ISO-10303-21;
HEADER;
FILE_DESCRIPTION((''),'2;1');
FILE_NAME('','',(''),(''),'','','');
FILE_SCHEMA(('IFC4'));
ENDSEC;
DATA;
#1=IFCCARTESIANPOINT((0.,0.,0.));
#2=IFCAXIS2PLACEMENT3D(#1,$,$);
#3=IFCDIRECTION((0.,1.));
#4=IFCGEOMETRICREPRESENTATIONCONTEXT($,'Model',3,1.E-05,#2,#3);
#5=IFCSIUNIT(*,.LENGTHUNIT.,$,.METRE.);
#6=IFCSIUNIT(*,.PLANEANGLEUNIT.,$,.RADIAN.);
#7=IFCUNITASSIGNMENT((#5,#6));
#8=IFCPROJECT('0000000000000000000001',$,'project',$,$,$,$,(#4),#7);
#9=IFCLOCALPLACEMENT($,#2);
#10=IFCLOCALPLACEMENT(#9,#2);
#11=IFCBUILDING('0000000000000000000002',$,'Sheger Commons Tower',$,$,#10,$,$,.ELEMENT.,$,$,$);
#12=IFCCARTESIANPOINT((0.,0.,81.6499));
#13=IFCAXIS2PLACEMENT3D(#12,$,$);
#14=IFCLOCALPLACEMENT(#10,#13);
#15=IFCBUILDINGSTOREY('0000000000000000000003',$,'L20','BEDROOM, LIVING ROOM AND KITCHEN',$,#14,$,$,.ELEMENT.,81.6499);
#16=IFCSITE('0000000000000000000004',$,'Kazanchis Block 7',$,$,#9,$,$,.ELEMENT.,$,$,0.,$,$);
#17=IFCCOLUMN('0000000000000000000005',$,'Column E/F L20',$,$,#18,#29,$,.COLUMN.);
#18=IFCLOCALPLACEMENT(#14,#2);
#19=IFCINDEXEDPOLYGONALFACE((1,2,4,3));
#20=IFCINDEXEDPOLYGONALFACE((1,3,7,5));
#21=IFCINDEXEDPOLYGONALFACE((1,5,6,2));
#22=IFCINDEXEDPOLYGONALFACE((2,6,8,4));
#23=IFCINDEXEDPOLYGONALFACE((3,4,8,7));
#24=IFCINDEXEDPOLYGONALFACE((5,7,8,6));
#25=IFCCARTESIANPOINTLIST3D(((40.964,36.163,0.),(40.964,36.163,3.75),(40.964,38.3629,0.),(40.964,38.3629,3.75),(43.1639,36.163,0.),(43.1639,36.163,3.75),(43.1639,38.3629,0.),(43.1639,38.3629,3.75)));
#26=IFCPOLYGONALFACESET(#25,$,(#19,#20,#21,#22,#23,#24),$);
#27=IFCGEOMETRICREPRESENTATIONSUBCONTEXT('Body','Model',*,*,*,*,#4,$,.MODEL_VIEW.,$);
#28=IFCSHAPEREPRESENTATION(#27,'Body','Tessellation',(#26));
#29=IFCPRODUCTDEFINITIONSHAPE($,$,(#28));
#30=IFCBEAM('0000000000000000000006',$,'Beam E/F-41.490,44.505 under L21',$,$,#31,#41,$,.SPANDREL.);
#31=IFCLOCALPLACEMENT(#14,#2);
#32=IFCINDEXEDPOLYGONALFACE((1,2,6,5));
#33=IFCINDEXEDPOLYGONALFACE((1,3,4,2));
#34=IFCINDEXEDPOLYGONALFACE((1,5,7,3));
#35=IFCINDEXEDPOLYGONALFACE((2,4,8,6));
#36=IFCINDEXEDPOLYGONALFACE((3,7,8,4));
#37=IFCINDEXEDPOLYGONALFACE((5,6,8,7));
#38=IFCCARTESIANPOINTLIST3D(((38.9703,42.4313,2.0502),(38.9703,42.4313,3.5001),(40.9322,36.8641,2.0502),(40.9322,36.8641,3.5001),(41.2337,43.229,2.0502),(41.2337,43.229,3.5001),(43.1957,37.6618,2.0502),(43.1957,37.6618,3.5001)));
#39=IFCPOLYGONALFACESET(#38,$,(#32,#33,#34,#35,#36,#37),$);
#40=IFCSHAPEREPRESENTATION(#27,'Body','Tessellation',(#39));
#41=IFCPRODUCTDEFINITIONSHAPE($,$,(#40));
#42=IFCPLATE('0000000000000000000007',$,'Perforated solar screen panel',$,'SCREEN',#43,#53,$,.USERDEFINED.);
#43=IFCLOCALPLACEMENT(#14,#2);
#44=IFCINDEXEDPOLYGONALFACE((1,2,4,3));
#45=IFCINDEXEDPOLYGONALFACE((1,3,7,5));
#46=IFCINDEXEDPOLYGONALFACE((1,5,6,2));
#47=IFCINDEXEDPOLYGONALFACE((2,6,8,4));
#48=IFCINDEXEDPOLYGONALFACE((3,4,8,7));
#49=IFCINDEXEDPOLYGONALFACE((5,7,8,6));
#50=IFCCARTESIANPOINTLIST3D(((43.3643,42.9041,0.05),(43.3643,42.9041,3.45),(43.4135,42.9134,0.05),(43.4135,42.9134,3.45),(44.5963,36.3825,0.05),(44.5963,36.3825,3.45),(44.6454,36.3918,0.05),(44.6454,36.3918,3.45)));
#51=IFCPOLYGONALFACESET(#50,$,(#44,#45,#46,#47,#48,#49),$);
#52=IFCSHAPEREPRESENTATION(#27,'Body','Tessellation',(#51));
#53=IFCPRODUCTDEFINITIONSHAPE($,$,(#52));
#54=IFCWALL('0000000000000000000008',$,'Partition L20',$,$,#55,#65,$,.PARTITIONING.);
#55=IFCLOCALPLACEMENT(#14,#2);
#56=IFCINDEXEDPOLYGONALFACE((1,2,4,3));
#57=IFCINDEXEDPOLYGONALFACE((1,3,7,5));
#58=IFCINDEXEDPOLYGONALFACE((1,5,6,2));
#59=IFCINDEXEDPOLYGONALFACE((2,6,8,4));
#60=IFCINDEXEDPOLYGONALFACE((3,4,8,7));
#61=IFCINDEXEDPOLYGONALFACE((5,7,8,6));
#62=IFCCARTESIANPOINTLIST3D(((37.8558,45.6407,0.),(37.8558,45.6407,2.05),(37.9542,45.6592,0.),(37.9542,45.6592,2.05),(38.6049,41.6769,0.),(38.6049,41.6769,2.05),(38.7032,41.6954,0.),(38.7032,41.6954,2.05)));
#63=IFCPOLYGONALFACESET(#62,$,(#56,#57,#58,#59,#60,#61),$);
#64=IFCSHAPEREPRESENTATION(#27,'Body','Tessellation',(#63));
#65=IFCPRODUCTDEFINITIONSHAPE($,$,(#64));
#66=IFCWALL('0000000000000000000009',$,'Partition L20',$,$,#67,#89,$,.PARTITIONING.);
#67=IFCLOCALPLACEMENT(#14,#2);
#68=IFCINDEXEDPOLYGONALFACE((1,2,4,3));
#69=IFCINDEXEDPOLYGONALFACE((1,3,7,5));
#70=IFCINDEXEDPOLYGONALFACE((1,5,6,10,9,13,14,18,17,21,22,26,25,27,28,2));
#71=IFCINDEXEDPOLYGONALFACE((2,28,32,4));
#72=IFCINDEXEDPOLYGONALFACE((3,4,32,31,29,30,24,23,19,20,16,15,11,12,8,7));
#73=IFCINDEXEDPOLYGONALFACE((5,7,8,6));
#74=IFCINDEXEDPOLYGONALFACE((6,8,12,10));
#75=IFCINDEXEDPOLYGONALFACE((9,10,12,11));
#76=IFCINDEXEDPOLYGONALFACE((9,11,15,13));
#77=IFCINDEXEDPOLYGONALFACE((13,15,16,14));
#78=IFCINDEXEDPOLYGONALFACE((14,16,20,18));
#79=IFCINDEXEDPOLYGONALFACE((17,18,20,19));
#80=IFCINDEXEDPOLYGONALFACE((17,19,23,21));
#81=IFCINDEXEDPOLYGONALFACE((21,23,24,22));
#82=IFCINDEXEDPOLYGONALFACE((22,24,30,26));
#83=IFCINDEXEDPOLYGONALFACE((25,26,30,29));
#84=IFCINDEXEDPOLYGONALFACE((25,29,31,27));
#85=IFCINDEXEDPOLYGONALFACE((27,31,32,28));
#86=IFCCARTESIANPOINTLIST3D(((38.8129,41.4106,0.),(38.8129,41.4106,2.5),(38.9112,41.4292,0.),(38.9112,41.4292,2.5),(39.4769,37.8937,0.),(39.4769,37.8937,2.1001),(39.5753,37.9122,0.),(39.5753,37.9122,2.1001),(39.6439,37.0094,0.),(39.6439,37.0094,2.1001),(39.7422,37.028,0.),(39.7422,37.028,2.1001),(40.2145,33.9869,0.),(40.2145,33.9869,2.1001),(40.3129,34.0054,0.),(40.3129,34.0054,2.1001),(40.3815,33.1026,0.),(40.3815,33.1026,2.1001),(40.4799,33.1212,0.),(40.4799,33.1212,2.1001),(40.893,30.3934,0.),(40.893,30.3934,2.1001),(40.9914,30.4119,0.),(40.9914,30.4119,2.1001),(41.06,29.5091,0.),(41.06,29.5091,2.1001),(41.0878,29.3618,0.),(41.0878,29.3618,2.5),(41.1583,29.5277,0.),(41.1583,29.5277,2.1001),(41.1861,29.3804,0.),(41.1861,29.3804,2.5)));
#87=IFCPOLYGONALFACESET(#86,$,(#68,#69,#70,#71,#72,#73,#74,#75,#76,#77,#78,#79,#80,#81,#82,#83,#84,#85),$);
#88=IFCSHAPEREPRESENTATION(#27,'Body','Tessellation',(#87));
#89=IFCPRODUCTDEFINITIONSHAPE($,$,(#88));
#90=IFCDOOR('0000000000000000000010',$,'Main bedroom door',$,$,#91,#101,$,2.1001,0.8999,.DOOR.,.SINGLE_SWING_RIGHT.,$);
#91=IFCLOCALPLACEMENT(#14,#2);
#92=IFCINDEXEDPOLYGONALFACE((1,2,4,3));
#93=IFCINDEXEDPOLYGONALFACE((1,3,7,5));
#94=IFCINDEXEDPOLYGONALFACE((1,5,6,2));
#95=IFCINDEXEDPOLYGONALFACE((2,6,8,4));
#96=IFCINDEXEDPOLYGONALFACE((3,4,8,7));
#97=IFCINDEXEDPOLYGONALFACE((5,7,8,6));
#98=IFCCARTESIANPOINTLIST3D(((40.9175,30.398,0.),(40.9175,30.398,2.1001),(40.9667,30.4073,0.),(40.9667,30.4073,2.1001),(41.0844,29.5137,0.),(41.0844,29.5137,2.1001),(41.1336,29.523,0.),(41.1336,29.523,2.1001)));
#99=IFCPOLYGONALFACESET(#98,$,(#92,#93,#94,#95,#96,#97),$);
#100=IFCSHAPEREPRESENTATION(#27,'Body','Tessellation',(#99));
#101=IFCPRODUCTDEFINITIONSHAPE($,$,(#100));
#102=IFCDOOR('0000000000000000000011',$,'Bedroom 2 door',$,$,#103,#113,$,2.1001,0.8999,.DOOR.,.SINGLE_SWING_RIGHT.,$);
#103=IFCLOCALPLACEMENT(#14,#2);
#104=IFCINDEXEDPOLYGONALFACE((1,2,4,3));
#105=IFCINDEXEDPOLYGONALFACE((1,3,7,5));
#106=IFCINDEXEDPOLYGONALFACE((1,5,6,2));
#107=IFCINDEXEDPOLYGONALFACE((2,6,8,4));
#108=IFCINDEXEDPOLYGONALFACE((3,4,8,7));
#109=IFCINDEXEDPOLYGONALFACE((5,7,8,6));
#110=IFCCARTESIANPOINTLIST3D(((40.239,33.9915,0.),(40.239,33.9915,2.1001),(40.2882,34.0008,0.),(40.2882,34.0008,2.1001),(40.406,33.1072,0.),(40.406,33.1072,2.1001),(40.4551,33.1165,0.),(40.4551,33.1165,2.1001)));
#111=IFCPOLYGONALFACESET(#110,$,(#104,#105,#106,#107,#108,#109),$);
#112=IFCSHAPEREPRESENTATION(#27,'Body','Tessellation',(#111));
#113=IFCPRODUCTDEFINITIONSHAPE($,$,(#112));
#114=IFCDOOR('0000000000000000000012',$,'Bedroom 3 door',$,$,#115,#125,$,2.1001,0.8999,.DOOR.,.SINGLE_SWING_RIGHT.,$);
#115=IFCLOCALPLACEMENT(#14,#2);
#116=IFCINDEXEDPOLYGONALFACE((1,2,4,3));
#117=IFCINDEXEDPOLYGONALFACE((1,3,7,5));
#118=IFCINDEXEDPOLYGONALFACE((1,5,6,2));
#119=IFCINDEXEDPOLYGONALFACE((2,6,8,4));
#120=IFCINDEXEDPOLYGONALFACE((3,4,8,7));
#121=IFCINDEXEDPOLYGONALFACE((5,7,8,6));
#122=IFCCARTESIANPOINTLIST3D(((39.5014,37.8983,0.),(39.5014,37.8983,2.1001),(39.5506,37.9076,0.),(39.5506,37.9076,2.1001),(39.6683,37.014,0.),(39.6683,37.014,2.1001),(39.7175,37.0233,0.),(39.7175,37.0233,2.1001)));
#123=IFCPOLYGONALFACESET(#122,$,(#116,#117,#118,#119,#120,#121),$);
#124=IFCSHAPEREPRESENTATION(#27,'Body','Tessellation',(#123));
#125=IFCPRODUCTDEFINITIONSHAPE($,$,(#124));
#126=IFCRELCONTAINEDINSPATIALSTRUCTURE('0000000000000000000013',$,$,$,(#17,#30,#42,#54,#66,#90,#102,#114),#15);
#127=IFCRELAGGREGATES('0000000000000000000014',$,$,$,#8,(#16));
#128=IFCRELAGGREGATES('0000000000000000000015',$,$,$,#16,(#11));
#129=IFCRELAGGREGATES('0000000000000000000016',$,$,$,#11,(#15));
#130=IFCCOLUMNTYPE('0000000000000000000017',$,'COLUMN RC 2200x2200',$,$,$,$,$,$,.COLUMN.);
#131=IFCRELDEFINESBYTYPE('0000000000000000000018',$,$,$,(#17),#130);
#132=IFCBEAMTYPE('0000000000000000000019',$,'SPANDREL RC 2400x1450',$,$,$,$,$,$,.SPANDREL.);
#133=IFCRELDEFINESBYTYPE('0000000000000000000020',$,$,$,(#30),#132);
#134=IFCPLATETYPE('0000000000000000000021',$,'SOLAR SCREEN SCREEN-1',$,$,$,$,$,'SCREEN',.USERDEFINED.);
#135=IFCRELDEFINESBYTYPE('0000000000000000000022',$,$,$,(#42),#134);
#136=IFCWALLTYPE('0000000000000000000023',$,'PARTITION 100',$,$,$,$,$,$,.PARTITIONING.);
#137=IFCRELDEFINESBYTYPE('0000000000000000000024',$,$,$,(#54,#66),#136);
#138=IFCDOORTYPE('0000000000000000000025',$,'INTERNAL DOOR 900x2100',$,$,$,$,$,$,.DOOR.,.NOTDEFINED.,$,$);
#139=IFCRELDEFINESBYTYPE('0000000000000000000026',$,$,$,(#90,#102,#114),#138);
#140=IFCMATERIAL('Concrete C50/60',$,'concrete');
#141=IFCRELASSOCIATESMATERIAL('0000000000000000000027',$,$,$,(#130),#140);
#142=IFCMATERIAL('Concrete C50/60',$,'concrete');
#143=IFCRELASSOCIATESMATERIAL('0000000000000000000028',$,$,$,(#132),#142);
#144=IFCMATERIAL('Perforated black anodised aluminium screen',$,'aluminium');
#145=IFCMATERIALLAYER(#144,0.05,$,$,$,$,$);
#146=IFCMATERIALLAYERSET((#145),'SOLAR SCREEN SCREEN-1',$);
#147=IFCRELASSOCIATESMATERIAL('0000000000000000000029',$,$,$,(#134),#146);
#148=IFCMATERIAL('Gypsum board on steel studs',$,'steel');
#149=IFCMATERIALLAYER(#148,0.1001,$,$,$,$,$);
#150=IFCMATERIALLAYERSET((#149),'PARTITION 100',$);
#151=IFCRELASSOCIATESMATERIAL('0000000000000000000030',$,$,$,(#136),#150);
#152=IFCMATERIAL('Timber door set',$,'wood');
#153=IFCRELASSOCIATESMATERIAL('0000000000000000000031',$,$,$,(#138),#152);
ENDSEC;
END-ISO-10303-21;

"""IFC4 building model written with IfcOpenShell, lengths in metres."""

from ifc_helpers import new_model, si_unit, direction, frame, frame_2d, origin, origin_2d, place, context, subcontext, project, spatial, rectangle, extrude, material, layer, layer_set, material_profile, profile_set, type_object, element, fill, save


model = new_model("IFC4")

# Units and contexts
model_context = context("Model", 3, precision=1e-05, world=origin(), true_north=direction((0.0, 1.0)))
body_context = subcontext(model_context, "Body", "Model", "MODEL_VIEW")
ifc_project = project(units=[si_unit("LENGTHUNIT", "METRE"), si_unit("PLANEANGLEUNIT", "RADIAN")], contexts=[model_context])

# Site, building, storey
site_placement = place(None, origin())
site = spatial("IfcSite", under=ifc_project, at=site_placement, Name="Kazanchis Block 7", CompositionType="ELEMENT", RefElevation=0.0)
building_placement = place(site_placement, origin())
building = spatial("IfcBuilding", under=site, at=building_placement, Name="Sheger Commons Tower", CompositionType="ELEMENT")
storey_placement = place(building_placement, frame((0.0, 0.0, 81.6499)))
storey = spatial("IfcBuildingStorey", under=building, at=storey_placement, Name="L20", Description="BEDROOM, LIVING ROOM AND KITCHEN", CompositionType="ELEMENT", Elevation=81.6499)

# Column
ifc_material_1 = material(Name="Concrete C50/60", Category="concrete")
ifc_material_profile_1 = material_profile(ifc_material_1, rectangle(XDim=2.2, YDim=2.2, at=origin_2d()), Name="RC 2200x2200")
ifc_profile_set_1 = profile_set([ifc_material_profile_1], Name="Concrete C50/60")
column_type = type_object("IfcColumnType", Name="COLUMN RC 2200x2200", PredefinedType="COLUMN", material=ifc_profile_set_1)
column_placement = place(storey_placement, frame((42.064, 37.2629, 0.0), z_axis=(0.0, 0.0, 1.0), x_axis=(1.0, 0.0, 0.0)))
element("IfcColumn", 1, at=column_placement, inside=storey, type_object=column_type, Name="Column E/F L20", PredefinedType="COLUMN", context=body_context, shape_type="SweptSolid", body=[
    extrude(rectangle(XDim=2.2, YDim=2.2, at=origin_2d()), origin(), (0.0, 0.0, 1.0), 3.75),
])

# Beam
ifc_material_2 = material(Name="Concrete C50/60", Category="concrete")
ifc_material_profile_2 = material_profile(ifc_material_2, rectangle(XDim=2.3999, YDim=1.45, at=origin_2d()), Name="RC 2400x1450")
ifc_profile_set_2 = profile_set([ifc_material_profile_2], Name="Concrete C50/60")
beam_type = type_object("IfcBeamType", Name="SPANDREL RC 2400x1450", PredefinedType="SPANDREL", material=ifc_profile_set_2)
beam_placement = place(storey_placement, frame((42.064, 37.2629, 2.7751), z_axis=(-0.332374, 0.943148, 0.0), x_axis=(-0.943148, -0.332374, 0.0)))
element("IfcBeam", 2, at=beam_placement, inside=storey, type_object=beam_type, Name="Beam E/F-41.490,44.505 under L21", PredefinedType="SPANDREL", context=body_context, shape_type="SweptSolid", body=[
    extrude(rectangle(XDim=2.3999, YDim=1.45, at=origin_2d()), origin(), (0.0, 0.0, 1.0), 5.9028),
])

# Plate
ifc_material_3 = material(Name="Perforated black anodised aluminium screen", Category="aluminium")
ifc_layer_1 = layer(ifc_material_3, 0.05)
ifc_layer_set_1 = layer_set([ifc_layer_1], Name="SOLAR SCREEN SCREEN-1")
plate_type = type_object("IfcPlateType", Name="SOLAR SCREEN SCREEN-1", ElementType="SCREEN", PredefinedType="USERDEFINED", material=ifc_layer_set_1)
plate_placement = place(storey_placement, frame((44.0049, 39.6479, 0.05), z_axis=(0.0, 0.0, 1.0), x_axis=(-0.185615, 0.982623, 0.0)))
element("IfcPlate", 3, at=plate_placement, inside=storey, type_object=plate_type, Name="Perforated solar screen panel", ObjectType="SCREEN", PredefinedType="USERDEFINED", context=body_context, shape_type="SweptSolid", body=[
    extrude(rectangle(XDim=6.637, YDim=0.05, at=origin_2d()), origin(), (0.0, 0.0, 1.0), 3.3999),
])

# Wall
ifc_material_4 = material(Name="Gypsum board on steel studs", Category="steel")
ifc_layer_2 = layer(ifc_material_4, 0.1001)
ifc_layer_set_2 = layer_set([ifc_layer_2], Name="PARTITION 100")
wall_type = type_object("IfcWallType", Name="PARTITION 100", PredefinedType="PARTITIONING", material=ifc_layer_set_2)
wall_1_placement = place(storey_placement, frame((38.6541, 41.686, 0.0), z_axis=(0.0, 0.0, 1.0), x_axis=(-0.185677, 0.982611, 0.0)))
element("IfcWall", 4, at=wall_1_placement, inside=storey, type_object=wall_type, Name="Partition L20", PredefinedType="PARTITIONING", context=body_context, shape_type="SweptSolid", body=[
    extrude(rectangle(XDim=4.0339, YDim=0.1001, at=frame_2d((2.0171, 0.0))), origin(), (0.0, 0.0, 1.0), 2.05),
])

# Wall, openings, doors
wall_2_placement = place(storey_placement, frame((38.8621, 41.4199, 0.0), z_axis=(0.0, 0.0, 1.0), x_axis=(0.185529, -0.982639, 0.0)))
wall_2 = element("IfcWall", 5, at=wall_2_placement, inside=storey, type_object=wall_type, Name="Partition L20", PredefinedType="PARTITIONING", context=body_context, shape_type="SweptSolid", body=[
    extrude(rectangle(XDim=12.2617, YDim=0.1001, at=frame_2d((6.1309, 0.0))), origin(), (0.0, 0.0, 1.0), 2.5),
])
opening_1_placement = place(wall_2_placement, frame((11.2119, 0.0, 0.0)))
opening_1 = element("IfcOpeningElement", 6, at=opening_1_placement, cuts=wall_2, PredefinedType="OPENING", context=body_context, shape_type="SweptSolid", body=[
    extrude(rectangle(XDim=0.8999, YDim=2.1001, at=frame_2d((0.45, 1.05))), frame((0.0, 0.0601, 0.0), z_axis=(0.0, -1.0, 0.0), x_axis=(1.0, 0.0, 0.0)), (0.0, 0.0, 1.0), 0.1201),
])
opening_2_placement = place(wall_2_placement, frame((7.5549, 0.0, 0.0)))
opening_2 = element("IfcOpeningElement", 7, at=opening_2_placement, cuts=wall_2, PredefinedType="OPENING", context=body_context, shape_type="SweptSolid", body=[
    extrude(rectangle(XDim=0.8999, YDim=2.1001, at=frame_2d((0.45, 1.05))), frame((0.0, 0.0601, 0.0), z_axis=(0.0, -1.0, 0.0), x_axis=(1.0, 0.0, 0.0)), (0.0, 0.0, 1.0), 0.1201),
])
opening_3_placement = place(wall_2_placement, frame((3.5791, 0.0, 0.0)))
opening_3 = element("IfcOpeningElement", 8, at=opening_3_placement, cuts=wall_2, PredefinedType="OPENING", context=body_context, shape_type="SweptSolid", body=[
    extrude(rectangle(XDim=0.8999, YDim=2.1001, at=frame_2d((0.45, 1.05))), frame((0.0, 0.0601, 0.0), z_axis=(0.0, -1.0, 0.0), x_axis=(1.0, 0.0, 0.0)), (0.0, 0.0, 1.0), 0.1201),
])
ifc_material_5 = material(Name="Timber door set", Category="wood")
door_type = type_object("IfcDoorType", Name="INTERNAL DOOR 900x2100", OperationType="NOTDEFINED", PredefinedType="DOOR", material=ifc_material_5)
door_1_placement = place(opening_1_placement, origin())
door_1 = element("IfcDoor", 9, at=door_1_placement, inside=storey, type_object=door_type, Name="Main bedroom door", OperationType="SINGLE_SWING_RIGHT", OverallHeight=2.1001, OverallWidth=0.8999, PredefinedType="DOOR", context=body_context, shape_type="SweptSolid", body=[
    extrude(rectangle(XDim=0.8999, YDim=2.1001, at=frame_2d((0.45, 1.05))), frame((0.0, 0.0249, 0.0), z_axis=(0.0, -1.0, 0.0), x_axis=(1.0, 0.0, 0.0)), (0.0, 0.0, 1.0), 0.05),
])
fill(opening_1, door_1)
door_2_placement = place(opening_2_placement, origin())
door_2 = element("IfcDoor", 10, at=door_2_placement, inside=storey, type_object=door_type, Name="Bedroom 2 door", OperationType="SINGLE_SWING_RIGHT", OverallHeight=2.1001, OverallWidth=0.8999, PredefinedType="DOOR", context=body_context, shape_type="SweptSolid", body=[
    extrude(rectangle(XDim=0.8999, YDim=2.1001, at=frame_2d((0.45, 1.05))), frame((0.0, 0.0249, 0.0), z_axis=(0.0, -1.0, 0.0), x_axis=(1.0, 0.0, 0.0)), (0.0, 0.0, 1.0), 0.05),
])
fill(opening_2, door_2)
door_3_placement = place(opening_3_placement, origin())
door_3 = element("IfcDoor", 11, at=door_3_placement, inside=storey, type_object=door_type, Name="Bedroom 3 door", OperationType="SINGLE_SWING_RIGHT", OverallHeight=2.1001, OverallWidth=0.8999, PredefinedType="DOOR", context=body_context, shape_type="SweptSolid", body=[
    extrude(rectangle(XDim=0.8999, YDim=2.1001, at=frame_2d((0.45, 1.05))), frame((0.0, 0.0249, 0.0), z_axis=(0.0, -1.0, 0.0), x_axis=(1.0, 0.0, 0.0)), (0.0, 0.0, 1.0), 0.05),
])
fill(opening_3, door_3)

save(model, "model.ifc")
